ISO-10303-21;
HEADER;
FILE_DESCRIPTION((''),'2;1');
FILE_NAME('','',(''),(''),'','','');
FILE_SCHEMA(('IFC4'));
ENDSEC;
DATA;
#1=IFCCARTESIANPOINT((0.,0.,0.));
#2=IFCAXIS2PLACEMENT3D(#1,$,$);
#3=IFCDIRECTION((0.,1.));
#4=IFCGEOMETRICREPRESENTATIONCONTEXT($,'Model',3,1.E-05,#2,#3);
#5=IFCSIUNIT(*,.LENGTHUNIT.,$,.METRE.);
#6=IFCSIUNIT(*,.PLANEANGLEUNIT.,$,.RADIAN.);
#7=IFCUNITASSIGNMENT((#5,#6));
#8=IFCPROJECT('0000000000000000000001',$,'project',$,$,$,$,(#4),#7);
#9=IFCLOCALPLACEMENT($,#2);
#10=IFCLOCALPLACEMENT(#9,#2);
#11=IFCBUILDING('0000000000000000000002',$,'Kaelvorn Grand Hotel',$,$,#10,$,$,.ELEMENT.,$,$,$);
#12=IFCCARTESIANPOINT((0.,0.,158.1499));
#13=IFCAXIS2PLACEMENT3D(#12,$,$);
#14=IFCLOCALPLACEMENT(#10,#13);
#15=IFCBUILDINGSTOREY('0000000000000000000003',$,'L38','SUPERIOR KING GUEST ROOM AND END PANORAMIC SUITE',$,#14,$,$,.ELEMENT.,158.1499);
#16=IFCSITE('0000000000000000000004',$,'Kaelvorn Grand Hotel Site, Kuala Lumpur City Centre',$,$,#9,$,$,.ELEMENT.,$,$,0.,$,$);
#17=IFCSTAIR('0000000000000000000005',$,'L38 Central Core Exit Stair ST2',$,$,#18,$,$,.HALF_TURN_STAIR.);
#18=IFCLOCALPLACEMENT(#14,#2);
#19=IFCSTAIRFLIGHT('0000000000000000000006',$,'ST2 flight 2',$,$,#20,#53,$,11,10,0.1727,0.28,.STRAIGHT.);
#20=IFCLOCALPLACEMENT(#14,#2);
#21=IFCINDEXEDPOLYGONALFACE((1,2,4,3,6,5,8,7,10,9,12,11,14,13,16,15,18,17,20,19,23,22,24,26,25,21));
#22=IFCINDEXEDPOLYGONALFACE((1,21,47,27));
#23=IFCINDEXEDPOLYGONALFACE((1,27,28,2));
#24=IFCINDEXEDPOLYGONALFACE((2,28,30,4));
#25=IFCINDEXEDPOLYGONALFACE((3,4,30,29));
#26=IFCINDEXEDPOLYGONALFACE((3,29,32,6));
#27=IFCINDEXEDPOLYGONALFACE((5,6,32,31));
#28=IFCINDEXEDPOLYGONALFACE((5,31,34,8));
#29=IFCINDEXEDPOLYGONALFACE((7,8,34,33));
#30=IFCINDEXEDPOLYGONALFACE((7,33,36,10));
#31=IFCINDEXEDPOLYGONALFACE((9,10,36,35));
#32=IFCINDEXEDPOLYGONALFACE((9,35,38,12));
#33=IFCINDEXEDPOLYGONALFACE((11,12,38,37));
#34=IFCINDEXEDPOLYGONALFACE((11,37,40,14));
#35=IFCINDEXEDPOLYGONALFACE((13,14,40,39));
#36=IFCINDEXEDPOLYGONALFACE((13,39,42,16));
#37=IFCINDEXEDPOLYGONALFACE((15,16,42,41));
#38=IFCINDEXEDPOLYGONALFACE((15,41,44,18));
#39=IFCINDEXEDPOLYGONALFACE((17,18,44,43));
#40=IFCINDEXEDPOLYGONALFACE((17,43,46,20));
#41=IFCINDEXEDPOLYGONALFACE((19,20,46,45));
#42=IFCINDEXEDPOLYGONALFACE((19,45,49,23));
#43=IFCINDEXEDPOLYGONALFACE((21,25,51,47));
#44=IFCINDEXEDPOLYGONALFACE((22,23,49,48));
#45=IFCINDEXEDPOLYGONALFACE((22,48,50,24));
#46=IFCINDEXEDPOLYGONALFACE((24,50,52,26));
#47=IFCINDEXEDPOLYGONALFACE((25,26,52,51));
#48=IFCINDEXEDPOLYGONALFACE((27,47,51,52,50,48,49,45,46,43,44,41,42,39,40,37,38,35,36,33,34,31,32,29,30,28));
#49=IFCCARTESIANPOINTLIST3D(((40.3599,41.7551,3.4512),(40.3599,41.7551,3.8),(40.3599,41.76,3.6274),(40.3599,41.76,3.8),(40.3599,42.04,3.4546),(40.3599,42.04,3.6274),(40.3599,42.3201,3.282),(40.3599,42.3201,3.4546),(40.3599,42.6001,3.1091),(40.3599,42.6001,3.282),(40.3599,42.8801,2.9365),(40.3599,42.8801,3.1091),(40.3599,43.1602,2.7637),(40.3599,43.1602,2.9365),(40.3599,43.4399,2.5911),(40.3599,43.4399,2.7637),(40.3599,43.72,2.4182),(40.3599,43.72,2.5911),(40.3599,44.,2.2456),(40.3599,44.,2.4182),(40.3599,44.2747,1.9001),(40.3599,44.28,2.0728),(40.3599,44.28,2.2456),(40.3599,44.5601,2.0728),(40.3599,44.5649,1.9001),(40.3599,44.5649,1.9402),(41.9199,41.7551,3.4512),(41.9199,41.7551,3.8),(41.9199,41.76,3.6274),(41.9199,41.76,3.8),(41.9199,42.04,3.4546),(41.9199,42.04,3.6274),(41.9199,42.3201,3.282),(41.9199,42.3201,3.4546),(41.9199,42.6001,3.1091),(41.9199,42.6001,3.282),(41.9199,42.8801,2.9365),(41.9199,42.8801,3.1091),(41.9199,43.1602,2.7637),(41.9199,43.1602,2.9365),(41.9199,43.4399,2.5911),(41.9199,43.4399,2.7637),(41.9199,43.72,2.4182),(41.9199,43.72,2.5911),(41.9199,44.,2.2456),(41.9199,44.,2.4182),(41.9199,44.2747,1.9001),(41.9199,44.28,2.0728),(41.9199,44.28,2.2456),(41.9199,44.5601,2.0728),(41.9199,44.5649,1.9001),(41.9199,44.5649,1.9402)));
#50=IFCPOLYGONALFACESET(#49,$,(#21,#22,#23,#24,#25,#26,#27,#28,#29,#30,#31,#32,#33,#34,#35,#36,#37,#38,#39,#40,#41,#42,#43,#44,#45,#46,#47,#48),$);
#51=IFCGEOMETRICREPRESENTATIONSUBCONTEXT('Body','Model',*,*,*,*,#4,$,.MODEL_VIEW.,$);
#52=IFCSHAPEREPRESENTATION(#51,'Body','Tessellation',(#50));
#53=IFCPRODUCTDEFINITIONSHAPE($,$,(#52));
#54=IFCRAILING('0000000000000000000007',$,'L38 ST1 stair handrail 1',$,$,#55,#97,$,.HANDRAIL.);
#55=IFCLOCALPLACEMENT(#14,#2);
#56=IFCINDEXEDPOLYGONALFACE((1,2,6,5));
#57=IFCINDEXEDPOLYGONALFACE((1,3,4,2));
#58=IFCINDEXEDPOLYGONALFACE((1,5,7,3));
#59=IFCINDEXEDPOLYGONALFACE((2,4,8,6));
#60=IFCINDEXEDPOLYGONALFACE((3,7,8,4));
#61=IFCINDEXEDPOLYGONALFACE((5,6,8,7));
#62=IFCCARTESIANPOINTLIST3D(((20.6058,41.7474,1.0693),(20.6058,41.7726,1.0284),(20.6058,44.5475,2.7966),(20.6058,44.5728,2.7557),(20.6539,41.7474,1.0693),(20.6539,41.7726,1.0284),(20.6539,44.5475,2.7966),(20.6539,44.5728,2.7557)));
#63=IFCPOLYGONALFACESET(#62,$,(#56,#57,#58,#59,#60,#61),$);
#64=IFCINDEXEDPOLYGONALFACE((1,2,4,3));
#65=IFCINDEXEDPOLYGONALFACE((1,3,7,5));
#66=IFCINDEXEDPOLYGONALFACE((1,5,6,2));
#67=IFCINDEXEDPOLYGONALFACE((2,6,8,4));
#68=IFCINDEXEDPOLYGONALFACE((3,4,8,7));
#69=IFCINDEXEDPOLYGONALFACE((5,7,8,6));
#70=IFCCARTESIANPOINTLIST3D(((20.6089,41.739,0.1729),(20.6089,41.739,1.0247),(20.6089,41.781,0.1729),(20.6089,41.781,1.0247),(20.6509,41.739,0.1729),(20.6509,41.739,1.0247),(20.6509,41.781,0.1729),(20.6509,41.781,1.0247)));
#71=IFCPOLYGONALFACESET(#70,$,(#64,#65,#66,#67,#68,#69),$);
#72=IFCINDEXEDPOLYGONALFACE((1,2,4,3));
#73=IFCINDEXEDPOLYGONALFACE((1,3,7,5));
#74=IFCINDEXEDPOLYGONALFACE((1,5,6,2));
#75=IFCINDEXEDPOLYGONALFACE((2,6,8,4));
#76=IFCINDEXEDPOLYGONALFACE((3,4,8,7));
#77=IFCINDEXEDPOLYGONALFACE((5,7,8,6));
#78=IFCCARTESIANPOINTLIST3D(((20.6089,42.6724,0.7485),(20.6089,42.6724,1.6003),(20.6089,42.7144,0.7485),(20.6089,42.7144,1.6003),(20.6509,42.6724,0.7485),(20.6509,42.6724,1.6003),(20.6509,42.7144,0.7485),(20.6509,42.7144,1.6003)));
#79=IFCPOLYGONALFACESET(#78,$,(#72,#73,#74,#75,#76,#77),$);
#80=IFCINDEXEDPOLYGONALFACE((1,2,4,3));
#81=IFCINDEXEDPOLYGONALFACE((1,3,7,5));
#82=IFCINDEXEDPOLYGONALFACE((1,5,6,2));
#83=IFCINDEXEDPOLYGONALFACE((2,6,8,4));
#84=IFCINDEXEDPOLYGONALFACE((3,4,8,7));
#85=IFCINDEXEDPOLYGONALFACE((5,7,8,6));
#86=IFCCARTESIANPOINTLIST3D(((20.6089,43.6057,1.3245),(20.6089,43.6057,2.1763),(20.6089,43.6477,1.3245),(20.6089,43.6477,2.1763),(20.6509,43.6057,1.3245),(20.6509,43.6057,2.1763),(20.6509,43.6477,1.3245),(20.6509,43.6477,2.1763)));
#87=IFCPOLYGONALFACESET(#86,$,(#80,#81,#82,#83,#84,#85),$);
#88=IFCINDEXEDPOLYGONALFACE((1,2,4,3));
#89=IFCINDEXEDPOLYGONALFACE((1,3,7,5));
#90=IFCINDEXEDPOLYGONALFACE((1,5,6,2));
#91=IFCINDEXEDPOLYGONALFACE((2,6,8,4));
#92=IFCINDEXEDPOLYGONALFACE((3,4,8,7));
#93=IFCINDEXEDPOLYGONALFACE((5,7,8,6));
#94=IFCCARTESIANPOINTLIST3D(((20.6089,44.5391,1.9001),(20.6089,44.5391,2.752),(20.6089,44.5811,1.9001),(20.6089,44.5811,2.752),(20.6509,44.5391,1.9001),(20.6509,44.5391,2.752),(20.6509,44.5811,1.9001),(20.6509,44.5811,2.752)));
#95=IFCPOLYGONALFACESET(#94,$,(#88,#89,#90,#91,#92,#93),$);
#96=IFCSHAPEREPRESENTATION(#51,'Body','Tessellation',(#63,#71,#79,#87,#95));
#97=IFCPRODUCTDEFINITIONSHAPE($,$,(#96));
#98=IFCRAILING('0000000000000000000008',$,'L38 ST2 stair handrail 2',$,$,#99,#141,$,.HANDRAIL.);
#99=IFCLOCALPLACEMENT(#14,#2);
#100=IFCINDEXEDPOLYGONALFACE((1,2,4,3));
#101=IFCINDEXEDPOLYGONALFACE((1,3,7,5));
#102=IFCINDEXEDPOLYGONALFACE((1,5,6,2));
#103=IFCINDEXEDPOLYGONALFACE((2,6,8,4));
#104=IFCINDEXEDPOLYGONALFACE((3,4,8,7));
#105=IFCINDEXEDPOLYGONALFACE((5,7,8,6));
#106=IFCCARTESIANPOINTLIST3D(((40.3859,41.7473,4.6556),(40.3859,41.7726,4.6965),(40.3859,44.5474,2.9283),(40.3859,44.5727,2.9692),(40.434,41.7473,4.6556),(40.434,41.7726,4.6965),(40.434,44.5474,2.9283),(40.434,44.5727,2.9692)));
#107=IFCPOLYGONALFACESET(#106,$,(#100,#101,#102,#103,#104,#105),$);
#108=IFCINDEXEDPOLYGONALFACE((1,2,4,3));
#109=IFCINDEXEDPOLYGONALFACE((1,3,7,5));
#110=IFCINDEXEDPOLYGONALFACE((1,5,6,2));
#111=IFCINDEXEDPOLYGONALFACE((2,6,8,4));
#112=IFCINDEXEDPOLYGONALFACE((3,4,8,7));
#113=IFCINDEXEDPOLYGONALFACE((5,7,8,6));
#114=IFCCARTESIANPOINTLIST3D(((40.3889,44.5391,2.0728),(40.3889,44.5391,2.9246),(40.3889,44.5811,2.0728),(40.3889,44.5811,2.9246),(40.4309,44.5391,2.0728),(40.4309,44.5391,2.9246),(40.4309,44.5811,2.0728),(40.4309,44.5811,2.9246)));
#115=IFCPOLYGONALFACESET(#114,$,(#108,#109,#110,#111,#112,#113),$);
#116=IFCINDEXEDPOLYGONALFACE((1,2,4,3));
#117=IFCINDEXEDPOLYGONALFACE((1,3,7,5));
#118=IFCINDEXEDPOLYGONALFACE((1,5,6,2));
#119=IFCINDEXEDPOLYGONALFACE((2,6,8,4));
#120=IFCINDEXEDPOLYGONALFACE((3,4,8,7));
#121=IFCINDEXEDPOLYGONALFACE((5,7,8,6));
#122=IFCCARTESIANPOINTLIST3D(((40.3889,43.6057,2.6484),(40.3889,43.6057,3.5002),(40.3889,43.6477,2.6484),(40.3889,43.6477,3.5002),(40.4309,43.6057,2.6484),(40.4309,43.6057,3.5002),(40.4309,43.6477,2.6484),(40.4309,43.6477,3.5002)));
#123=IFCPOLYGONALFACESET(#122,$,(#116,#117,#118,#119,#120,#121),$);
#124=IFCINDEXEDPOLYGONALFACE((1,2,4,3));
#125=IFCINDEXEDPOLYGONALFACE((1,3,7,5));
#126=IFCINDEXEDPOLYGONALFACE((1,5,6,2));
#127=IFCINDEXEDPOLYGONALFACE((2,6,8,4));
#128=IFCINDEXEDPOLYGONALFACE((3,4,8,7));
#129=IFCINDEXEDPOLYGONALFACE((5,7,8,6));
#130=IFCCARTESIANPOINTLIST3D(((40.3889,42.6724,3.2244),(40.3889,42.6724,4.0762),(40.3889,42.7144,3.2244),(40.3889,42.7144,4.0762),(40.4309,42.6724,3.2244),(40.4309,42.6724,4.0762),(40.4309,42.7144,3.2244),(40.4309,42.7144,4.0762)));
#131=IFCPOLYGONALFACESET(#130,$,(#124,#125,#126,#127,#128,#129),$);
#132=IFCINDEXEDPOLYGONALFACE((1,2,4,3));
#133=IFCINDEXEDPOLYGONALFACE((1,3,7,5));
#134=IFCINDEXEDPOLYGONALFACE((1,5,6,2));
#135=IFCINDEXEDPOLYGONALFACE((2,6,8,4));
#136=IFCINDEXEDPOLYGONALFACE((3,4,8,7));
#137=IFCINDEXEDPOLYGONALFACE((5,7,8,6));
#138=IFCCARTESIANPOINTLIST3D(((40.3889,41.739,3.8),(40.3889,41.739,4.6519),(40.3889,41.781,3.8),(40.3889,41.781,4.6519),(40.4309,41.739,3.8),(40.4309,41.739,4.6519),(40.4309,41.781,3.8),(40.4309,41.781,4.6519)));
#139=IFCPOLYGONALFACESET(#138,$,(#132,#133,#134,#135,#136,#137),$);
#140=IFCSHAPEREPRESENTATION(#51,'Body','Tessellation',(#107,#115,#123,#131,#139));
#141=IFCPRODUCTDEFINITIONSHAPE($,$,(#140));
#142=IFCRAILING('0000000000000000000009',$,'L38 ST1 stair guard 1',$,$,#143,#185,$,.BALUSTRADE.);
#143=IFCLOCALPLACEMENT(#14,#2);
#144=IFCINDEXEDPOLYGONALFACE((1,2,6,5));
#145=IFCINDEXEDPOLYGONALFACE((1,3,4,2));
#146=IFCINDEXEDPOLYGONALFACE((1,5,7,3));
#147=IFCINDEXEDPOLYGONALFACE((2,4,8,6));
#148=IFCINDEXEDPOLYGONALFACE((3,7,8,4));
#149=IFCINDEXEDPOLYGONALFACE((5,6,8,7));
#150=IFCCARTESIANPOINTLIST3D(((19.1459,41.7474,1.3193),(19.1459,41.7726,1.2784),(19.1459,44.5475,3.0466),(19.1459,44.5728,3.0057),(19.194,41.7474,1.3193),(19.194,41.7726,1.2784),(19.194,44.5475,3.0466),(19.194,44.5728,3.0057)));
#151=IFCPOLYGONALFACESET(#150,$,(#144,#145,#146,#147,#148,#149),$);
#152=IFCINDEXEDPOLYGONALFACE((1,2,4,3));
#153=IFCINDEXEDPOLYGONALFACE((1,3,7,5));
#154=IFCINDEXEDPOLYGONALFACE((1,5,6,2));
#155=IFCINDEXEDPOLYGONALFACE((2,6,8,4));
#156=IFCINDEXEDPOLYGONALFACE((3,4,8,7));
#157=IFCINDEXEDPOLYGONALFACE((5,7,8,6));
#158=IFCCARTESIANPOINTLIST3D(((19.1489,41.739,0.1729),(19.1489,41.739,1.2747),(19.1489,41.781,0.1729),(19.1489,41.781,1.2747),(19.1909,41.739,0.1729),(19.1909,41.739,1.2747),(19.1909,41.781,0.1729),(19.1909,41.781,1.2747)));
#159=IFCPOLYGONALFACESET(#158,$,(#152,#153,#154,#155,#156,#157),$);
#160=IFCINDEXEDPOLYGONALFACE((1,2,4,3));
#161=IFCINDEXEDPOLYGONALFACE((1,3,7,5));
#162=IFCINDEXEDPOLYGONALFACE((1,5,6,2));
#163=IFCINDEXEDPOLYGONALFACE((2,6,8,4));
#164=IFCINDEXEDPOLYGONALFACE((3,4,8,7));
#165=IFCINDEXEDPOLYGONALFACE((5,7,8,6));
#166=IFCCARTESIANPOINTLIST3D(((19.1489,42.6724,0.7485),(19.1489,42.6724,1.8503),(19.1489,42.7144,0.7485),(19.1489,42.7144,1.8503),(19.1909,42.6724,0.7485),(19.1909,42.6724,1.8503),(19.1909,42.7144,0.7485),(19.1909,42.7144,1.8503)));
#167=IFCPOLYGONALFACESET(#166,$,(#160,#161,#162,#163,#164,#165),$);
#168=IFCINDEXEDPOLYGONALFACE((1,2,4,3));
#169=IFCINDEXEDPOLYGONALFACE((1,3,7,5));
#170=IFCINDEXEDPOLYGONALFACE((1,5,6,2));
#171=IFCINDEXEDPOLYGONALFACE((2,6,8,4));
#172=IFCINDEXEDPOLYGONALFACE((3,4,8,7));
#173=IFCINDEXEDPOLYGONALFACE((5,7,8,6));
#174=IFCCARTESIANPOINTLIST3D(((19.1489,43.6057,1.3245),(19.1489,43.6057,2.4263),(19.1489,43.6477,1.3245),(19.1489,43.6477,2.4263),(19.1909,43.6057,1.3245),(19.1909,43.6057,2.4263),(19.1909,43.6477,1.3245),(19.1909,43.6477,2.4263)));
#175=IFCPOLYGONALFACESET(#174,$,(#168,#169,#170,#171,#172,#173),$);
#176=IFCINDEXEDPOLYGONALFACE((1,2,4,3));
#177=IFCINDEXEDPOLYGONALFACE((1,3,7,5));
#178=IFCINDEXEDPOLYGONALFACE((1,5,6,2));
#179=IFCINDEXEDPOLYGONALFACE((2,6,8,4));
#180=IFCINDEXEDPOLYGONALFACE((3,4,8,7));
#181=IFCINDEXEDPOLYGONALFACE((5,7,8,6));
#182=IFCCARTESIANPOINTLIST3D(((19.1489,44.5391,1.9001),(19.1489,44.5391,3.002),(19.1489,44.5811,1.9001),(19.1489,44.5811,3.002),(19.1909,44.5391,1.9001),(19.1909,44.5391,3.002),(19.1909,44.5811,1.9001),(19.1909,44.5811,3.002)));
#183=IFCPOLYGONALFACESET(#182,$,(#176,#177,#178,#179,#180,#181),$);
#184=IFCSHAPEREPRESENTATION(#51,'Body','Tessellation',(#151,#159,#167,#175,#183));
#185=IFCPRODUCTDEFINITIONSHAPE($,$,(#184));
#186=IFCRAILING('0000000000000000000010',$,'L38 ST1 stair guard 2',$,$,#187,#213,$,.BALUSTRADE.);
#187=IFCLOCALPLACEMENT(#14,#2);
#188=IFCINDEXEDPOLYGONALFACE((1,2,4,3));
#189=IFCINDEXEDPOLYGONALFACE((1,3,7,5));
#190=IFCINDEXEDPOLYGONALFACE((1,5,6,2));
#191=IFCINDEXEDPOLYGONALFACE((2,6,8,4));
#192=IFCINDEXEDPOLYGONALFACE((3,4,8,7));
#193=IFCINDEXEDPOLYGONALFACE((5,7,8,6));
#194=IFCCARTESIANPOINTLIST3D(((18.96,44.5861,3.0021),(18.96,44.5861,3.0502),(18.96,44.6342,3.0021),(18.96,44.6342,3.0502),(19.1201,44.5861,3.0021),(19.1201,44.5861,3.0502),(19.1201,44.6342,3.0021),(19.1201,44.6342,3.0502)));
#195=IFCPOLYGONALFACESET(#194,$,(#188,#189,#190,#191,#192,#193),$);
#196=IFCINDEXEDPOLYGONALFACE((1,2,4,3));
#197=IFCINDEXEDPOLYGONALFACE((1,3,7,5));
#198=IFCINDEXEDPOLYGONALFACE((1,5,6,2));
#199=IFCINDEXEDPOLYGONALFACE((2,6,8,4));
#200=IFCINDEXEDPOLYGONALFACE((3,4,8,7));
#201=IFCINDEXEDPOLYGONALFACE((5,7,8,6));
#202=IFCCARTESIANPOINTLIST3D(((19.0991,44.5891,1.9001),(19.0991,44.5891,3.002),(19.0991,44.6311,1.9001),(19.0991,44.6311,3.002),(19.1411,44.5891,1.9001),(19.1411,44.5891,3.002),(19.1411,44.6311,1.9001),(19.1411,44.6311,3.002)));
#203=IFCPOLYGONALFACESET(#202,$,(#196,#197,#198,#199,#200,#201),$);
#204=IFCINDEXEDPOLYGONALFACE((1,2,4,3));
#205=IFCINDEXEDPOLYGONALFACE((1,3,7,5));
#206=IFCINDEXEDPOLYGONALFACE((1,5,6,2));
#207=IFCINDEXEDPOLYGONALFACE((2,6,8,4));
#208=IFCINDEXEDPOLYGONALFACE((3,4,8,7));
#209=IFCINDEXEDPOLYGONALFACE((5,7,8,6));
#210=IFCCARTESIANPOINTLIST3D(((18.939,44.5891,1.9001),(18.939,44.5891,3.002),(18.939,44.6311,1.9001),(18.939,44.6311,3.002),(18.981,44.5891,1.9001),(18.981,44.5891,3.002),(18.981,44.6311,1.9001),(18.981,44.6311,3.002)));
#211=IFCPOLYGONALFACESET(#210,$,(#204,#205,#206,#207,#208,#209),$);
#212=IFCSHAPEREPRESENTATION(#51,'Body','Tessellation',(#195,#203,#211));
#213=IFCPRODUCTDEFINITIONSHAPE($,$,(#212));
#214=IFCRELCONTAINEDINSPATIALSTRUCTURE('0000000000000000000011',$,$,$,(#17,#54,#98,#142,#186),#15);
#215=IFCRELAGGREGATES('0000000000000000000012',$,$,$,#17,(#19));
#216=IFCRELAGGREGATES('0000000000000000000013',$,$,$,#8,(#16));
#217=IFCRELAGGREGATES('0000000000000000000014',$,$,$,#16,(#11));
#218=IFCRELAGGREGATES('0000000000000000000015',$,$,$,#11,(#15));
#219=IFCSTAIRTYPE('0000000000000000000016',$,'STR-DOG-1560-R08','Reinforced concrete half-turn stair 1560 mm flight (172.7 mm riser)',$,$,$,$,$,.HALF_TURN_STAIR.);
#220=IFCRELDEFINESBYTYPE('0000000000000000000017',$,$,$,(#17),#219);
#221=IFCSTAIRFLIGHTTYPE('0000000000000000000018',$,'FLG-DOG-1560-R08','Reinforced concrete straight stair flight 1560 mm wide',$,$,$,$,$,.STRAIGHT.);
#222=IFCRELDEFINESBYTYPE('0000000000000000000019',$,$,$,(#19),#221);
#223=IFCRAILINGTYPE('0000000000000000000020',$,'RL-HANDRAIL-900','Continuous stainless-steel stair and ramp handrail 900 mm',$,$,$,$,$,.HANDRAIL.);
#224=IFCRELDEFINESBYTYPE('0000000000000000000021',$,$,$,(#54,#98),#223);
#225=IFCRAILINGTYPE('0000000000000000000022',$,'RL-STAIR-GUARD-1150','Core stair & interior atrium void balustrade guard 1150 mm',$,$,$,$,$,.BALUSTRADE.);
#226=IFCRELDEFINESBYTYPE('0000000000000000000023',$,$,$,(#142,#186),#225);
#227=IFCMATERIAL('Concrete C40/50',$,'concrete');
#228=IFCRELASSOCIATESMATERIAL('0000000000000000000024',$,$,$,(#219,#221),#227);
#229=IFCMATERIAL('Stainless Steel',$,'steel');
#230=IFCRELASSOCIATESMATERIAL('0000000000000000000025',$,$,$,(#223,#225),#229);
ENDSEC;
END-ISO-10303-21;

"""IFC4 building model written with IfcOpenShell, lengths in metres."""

from ifc_helpers import new_model, si_unit, direction, frame, origin, origin_2d, place, context, subcontext, project, spatial, polyline, rectangle, outline, extrude, material, type_object, element, aggregate, save


model = new_model("IFC4")

# Units and contexts
model_context = context("Model", 3, precision=1e-05, world=origin(), true_north=direction((0.0, 1.0)))
body_context = subcontext(model_context, "Body", "Model", "MODEL_VIEW")
ifc_project = project(units=[si_unit("LENGTHUNIT", "METRE"), si_unit("PLANEANGLEUNIT", "RADIAN")], contexts=[model_context])

# Site, building, storey
site_placement = place(None, origin())
site = spatial("IfcSite", under=ifc_project, at=site_placement, Name="Kaelvorn Grand Hotel Site, Kuala Lumpur City Centre", CompositionType="ELEMENT", RefElevation=0.0)
building_placement = place(site_placement, origin())
building = spatial("IfcBuilding", under=site, at=building_placement, Name="Kaelvorn Grand Hotel", CompositionType="ELEMENT")
storey_placement = place(building_placement, frame((0.0, 0.0, 158.1499)))
storey = spatial("IfcBuildingStorey", under=building, at=storey_placement, Name="L38", Description="SUPERIOR KING GUEST ROOM AND END PANORAMIC SUITE", CompositionType="ELEMENT", Elevation=158.1499)

# Shared definitions
ifc_material_1 = material(Name="Concrete C40/50", Category="concrete")

# Stair, stair flight
stair_type = type_object("IfcStairType", Name="STR-DOG-1560-R08", Description="Reinforced concrete half-turn stair 1560 mm flight (172.7 mm riser)", PredefinedType="HALF_TURN_STAIR", material=ifc_material_1)
stair_flight_type = type_object("IfcStairFlightType", Name="FLG-DOG-1560-R08", Description="Reinforced concrete straight stair flight 1560 mm wide", PredefinedType="STRAIGHT", material=ifc_material_1)
stair_1_placement = place(storey_placement, origin())
stair_1 = element("IfcStair", 1, at=stair_1_placement, inside=storey, type_object=stair_type, Name="L38 Central Core Exit Stair ST2", PredefinedType="HALF_TURN_STAIR")
stair_flight_1_placement = place(storey_placement, frame((41.1399, 44.5601, 1.9001), z_axis=(0.0, 0.0, 1.0), x_axis=(0.0, -1.0, 0.0)))
stair_flight_1 = element("IfcStairFlight", 2, at=stair_flight_1_placement, type_object=stair_flight_type, Name="ST2 flight 2", NumberOfRisers=11, NumberOfTreads=10, PredefinedType="STRAIGHT", RiserHeight=0.1727, TreadLength=0.28, context=body_context, shape_type="SweptSolid", body=[
    extrude(outline(polyline([(-0.0049, 0.0), (-0.0049, 0.04), (0.0, 0.1726), (0.28, 0.1726), (0.28, 0.3455), (0.5601, 0.3455), (0.5601, 0.5181), (0.8401, 0.5181), (0.8401, 0.6909), (1.1201, 0.6909), (1.1201, 0.8635), (1.3999, 0.8635), (1.3999, 1.0364), (1.6799, 1.0364), (1.6799, 1.209), (1.96, 1.209), (1.96, 1.3818), (2.24, 1.3818), (2.24, 1.5544), (2.52, 1.5544), (2.52, 1.7273), (2.8, 1.7273), (2.8, 1.8999), (2.8049, 1.8999), (2.8049, 1.551), (0.2854, 0.0), (-0.0049, 0.0)])), frame((0.0, 0.78, 0.0), z_axis=(0.0, -1.0, 0.0), x_axis=(1.0, 0.0, 0.0)), (0.0, 0.0, 1.0), 1.5601),
])
aggregate(stair_1, [stair_flight_1])

# Railings
ifc_material_2 = material(Name="Stainless Steel", Category="steel")
railing_type_1 = type_object("IfcRailingType", Name="RL-HANDRAIL-900", Description="Continuous stainless-steel stair and ramp handrail 900 mm", PredefinedType="HANDRAIL", material=ifc_material_2)
railing_1_placement = place(storey_placement, frame((20.6299, 41.76, 0.1729)))
element("IfcRailing", 3, at=railing_1_placement, inside=storey, type_object=railing_type_1, Name="L38 ST1 stair handrail 1", PredefinedType="HANDRAIL", context=body_context, shape_type="SweptSolid", body=[
    extrude(rectangle(XDim=0.0481, YDim=0.0481, at=origin_2d()), frame((0.0, 0.0, 0.876), z_axis=(0.0, 0.85109, 0.52502), x_axis=(-1.0, 0.0, 0.0)), (0.0, 0.0, 1.0), 3.29),
    extrude(rectangle(XDim=0.042, YDim=0.042, at=origin_2d()), origin(), (0.0, 0.0, 1.0), 0.8518),
    extrude(rectangle(XDim=0.042, YDim=0.042, at=origin_2d()), frame((0.0, 0.9333, 0.5757)), (0.0, 0.0, 1.0), 0.8518),
    extrude(rectangle(XDim=0.042, YDim=0.042, at=origin_2d()), frame((0.0, 1.8667, 1.1516)), (0.0, 0.0, 1.0), 0.8518),
    extrude(rectangle(XDim=0.042, YDim=0.042, at=origin_2d()), frame((0.0, 2.8, 1.7273)), (0.0, 0.0, 1.0), 0.8518),
])
railing_2_placement = place(storey_placement, frame((40.4099, 44.5601, 2.0728)))
element("IfcRailing", 4, at=railing_2_placement, inside=storey, type_object=railing_type_1, Name="L38 ST2 stair handrail 2", PredefinedType="HANDRAIL", context=body_context, shape_type="SweptSolid", body=[
    extrude(rectangle(XDim=0.0481, YDim=0.0481, at=origin_2d()), frame((0.0, 0.0, 0.876), z_axis=(0.0, -0.85109, 0.52502), x_axis=(1.0, 0.0, 0.0)), (0.0, 0.0, 1.0), 3.29),
    extrude(rectangle(XDim=0.042, YDim=0.042, at=origin_2d()), origin(), (0.0, 0.0, 1.0), 0.8518),
    extrude(rectangle(XDim=0.042, YDim=0.042, at=origin_2d()), frame((0.0, -0.9333, 0.5757)), (0.0, 0.0, 1.0), 0.8518),
    extrude(rectangle(XDim=0.042, YDim=0.042, at=origin_2d()), frame((0.0, -1.8667, 1.1516)), (0.0, 0.0, 1.0), 0.8518),
    extrude(rectangle(XDim=0.042, YDim=0.042, at=origin_2d()), frame((0.0, -2.8, 1.7273)), (0.0, 0.0, 1.0), 0.8518),
])
railing_type_2 = type_object("IfcRailingType", Name="RL-STAIR-GUARD-1150", Description="Core stair & interior atrium void balustrade guard 1150 mm", PredefinedType="BALUSTRADE", material=ifc_material_2)
railing_3_placement = place(storey_placement, frame((19.1699, 41.76, 0.1729)))
element("IfcRailing", 5, at=railing_3_placement, inside=storey, type_object=railing_type_2, Name="L38 ST1 stair guard 1", PredefinedType="BALUSTRADE", context=body_context, shape_type="SweptSolid", body=[
    extrude(rectangle(XDim=0.0481, YDim=0.0481, at=origin_2d()), frame((0.0, 0.0, 1.126), z_axis=(0.0, 0.85109, 0.52502), x_axis=(-1.0, 0.0, 0.0)), (0.0, 0.0, 1.0), 3.29),
    extrude(rectangle(XDim=0.042, YDim=0.042, at=origin_2d()), origin(), (0.0, 0.0, 1.0), 1.1018),
    extrude(rectangle(XDim=0.042, YDim=0.042, at=origin_2d()), frame((0.0, 0.9333, 0.5757)), (0.0, 0.0, 1.0), 1.1018),
    extrude(rectangle(XDim=0.042, YDim=0.042, at=origin_2d()), frame((0.0, 1.8667, 1.1516)), (0.0, 0.0, 1.0), 1.1018),
    extrude(rectangle(XDim=0.042, YDim=0.042, at=origin_2d()), frame((0.0, 2.8, 1.7273)), (0.0, 0.0, 1.0), 1.1018),
])
for number, where, name in (
    (6, (19.1201, 44.6101, 1.9001), "L38 ST1 stair guard 2"),
):
    element("IfcRailing", number, at=place(storey_placement, frame(where)), inside=storey, type_object=railing_type_2, Name=name, PredefinedType="BALUSTRADE", context=body_context, shape_type="SweptSolid", body=[
        extrude(rectangle(XDim=0.0481, YDim=0.0481, at=origin_2d()), frame((0.0, 0.0, 1.126), z_axis=(-1.0, 0.0, 0.0), x_axis=(0.0, -1.0, 0.0)), (0.0, 0.0, 1.0), 0.1602),
        extrude(rectangle(XDim=0.042, YDim=0.042, at=origin_2d()), origin(), (0.0, 0.0, 1.0), 1.1018),
        extrude(rectangle(XDim=0.042, YDim=0.042, at=origin_2d()), frame((-0.1602, 0.0, 0.0)), (0.0, 0.0, 1.0), 1.1018),
    ])

save(model, "model.ifc")
